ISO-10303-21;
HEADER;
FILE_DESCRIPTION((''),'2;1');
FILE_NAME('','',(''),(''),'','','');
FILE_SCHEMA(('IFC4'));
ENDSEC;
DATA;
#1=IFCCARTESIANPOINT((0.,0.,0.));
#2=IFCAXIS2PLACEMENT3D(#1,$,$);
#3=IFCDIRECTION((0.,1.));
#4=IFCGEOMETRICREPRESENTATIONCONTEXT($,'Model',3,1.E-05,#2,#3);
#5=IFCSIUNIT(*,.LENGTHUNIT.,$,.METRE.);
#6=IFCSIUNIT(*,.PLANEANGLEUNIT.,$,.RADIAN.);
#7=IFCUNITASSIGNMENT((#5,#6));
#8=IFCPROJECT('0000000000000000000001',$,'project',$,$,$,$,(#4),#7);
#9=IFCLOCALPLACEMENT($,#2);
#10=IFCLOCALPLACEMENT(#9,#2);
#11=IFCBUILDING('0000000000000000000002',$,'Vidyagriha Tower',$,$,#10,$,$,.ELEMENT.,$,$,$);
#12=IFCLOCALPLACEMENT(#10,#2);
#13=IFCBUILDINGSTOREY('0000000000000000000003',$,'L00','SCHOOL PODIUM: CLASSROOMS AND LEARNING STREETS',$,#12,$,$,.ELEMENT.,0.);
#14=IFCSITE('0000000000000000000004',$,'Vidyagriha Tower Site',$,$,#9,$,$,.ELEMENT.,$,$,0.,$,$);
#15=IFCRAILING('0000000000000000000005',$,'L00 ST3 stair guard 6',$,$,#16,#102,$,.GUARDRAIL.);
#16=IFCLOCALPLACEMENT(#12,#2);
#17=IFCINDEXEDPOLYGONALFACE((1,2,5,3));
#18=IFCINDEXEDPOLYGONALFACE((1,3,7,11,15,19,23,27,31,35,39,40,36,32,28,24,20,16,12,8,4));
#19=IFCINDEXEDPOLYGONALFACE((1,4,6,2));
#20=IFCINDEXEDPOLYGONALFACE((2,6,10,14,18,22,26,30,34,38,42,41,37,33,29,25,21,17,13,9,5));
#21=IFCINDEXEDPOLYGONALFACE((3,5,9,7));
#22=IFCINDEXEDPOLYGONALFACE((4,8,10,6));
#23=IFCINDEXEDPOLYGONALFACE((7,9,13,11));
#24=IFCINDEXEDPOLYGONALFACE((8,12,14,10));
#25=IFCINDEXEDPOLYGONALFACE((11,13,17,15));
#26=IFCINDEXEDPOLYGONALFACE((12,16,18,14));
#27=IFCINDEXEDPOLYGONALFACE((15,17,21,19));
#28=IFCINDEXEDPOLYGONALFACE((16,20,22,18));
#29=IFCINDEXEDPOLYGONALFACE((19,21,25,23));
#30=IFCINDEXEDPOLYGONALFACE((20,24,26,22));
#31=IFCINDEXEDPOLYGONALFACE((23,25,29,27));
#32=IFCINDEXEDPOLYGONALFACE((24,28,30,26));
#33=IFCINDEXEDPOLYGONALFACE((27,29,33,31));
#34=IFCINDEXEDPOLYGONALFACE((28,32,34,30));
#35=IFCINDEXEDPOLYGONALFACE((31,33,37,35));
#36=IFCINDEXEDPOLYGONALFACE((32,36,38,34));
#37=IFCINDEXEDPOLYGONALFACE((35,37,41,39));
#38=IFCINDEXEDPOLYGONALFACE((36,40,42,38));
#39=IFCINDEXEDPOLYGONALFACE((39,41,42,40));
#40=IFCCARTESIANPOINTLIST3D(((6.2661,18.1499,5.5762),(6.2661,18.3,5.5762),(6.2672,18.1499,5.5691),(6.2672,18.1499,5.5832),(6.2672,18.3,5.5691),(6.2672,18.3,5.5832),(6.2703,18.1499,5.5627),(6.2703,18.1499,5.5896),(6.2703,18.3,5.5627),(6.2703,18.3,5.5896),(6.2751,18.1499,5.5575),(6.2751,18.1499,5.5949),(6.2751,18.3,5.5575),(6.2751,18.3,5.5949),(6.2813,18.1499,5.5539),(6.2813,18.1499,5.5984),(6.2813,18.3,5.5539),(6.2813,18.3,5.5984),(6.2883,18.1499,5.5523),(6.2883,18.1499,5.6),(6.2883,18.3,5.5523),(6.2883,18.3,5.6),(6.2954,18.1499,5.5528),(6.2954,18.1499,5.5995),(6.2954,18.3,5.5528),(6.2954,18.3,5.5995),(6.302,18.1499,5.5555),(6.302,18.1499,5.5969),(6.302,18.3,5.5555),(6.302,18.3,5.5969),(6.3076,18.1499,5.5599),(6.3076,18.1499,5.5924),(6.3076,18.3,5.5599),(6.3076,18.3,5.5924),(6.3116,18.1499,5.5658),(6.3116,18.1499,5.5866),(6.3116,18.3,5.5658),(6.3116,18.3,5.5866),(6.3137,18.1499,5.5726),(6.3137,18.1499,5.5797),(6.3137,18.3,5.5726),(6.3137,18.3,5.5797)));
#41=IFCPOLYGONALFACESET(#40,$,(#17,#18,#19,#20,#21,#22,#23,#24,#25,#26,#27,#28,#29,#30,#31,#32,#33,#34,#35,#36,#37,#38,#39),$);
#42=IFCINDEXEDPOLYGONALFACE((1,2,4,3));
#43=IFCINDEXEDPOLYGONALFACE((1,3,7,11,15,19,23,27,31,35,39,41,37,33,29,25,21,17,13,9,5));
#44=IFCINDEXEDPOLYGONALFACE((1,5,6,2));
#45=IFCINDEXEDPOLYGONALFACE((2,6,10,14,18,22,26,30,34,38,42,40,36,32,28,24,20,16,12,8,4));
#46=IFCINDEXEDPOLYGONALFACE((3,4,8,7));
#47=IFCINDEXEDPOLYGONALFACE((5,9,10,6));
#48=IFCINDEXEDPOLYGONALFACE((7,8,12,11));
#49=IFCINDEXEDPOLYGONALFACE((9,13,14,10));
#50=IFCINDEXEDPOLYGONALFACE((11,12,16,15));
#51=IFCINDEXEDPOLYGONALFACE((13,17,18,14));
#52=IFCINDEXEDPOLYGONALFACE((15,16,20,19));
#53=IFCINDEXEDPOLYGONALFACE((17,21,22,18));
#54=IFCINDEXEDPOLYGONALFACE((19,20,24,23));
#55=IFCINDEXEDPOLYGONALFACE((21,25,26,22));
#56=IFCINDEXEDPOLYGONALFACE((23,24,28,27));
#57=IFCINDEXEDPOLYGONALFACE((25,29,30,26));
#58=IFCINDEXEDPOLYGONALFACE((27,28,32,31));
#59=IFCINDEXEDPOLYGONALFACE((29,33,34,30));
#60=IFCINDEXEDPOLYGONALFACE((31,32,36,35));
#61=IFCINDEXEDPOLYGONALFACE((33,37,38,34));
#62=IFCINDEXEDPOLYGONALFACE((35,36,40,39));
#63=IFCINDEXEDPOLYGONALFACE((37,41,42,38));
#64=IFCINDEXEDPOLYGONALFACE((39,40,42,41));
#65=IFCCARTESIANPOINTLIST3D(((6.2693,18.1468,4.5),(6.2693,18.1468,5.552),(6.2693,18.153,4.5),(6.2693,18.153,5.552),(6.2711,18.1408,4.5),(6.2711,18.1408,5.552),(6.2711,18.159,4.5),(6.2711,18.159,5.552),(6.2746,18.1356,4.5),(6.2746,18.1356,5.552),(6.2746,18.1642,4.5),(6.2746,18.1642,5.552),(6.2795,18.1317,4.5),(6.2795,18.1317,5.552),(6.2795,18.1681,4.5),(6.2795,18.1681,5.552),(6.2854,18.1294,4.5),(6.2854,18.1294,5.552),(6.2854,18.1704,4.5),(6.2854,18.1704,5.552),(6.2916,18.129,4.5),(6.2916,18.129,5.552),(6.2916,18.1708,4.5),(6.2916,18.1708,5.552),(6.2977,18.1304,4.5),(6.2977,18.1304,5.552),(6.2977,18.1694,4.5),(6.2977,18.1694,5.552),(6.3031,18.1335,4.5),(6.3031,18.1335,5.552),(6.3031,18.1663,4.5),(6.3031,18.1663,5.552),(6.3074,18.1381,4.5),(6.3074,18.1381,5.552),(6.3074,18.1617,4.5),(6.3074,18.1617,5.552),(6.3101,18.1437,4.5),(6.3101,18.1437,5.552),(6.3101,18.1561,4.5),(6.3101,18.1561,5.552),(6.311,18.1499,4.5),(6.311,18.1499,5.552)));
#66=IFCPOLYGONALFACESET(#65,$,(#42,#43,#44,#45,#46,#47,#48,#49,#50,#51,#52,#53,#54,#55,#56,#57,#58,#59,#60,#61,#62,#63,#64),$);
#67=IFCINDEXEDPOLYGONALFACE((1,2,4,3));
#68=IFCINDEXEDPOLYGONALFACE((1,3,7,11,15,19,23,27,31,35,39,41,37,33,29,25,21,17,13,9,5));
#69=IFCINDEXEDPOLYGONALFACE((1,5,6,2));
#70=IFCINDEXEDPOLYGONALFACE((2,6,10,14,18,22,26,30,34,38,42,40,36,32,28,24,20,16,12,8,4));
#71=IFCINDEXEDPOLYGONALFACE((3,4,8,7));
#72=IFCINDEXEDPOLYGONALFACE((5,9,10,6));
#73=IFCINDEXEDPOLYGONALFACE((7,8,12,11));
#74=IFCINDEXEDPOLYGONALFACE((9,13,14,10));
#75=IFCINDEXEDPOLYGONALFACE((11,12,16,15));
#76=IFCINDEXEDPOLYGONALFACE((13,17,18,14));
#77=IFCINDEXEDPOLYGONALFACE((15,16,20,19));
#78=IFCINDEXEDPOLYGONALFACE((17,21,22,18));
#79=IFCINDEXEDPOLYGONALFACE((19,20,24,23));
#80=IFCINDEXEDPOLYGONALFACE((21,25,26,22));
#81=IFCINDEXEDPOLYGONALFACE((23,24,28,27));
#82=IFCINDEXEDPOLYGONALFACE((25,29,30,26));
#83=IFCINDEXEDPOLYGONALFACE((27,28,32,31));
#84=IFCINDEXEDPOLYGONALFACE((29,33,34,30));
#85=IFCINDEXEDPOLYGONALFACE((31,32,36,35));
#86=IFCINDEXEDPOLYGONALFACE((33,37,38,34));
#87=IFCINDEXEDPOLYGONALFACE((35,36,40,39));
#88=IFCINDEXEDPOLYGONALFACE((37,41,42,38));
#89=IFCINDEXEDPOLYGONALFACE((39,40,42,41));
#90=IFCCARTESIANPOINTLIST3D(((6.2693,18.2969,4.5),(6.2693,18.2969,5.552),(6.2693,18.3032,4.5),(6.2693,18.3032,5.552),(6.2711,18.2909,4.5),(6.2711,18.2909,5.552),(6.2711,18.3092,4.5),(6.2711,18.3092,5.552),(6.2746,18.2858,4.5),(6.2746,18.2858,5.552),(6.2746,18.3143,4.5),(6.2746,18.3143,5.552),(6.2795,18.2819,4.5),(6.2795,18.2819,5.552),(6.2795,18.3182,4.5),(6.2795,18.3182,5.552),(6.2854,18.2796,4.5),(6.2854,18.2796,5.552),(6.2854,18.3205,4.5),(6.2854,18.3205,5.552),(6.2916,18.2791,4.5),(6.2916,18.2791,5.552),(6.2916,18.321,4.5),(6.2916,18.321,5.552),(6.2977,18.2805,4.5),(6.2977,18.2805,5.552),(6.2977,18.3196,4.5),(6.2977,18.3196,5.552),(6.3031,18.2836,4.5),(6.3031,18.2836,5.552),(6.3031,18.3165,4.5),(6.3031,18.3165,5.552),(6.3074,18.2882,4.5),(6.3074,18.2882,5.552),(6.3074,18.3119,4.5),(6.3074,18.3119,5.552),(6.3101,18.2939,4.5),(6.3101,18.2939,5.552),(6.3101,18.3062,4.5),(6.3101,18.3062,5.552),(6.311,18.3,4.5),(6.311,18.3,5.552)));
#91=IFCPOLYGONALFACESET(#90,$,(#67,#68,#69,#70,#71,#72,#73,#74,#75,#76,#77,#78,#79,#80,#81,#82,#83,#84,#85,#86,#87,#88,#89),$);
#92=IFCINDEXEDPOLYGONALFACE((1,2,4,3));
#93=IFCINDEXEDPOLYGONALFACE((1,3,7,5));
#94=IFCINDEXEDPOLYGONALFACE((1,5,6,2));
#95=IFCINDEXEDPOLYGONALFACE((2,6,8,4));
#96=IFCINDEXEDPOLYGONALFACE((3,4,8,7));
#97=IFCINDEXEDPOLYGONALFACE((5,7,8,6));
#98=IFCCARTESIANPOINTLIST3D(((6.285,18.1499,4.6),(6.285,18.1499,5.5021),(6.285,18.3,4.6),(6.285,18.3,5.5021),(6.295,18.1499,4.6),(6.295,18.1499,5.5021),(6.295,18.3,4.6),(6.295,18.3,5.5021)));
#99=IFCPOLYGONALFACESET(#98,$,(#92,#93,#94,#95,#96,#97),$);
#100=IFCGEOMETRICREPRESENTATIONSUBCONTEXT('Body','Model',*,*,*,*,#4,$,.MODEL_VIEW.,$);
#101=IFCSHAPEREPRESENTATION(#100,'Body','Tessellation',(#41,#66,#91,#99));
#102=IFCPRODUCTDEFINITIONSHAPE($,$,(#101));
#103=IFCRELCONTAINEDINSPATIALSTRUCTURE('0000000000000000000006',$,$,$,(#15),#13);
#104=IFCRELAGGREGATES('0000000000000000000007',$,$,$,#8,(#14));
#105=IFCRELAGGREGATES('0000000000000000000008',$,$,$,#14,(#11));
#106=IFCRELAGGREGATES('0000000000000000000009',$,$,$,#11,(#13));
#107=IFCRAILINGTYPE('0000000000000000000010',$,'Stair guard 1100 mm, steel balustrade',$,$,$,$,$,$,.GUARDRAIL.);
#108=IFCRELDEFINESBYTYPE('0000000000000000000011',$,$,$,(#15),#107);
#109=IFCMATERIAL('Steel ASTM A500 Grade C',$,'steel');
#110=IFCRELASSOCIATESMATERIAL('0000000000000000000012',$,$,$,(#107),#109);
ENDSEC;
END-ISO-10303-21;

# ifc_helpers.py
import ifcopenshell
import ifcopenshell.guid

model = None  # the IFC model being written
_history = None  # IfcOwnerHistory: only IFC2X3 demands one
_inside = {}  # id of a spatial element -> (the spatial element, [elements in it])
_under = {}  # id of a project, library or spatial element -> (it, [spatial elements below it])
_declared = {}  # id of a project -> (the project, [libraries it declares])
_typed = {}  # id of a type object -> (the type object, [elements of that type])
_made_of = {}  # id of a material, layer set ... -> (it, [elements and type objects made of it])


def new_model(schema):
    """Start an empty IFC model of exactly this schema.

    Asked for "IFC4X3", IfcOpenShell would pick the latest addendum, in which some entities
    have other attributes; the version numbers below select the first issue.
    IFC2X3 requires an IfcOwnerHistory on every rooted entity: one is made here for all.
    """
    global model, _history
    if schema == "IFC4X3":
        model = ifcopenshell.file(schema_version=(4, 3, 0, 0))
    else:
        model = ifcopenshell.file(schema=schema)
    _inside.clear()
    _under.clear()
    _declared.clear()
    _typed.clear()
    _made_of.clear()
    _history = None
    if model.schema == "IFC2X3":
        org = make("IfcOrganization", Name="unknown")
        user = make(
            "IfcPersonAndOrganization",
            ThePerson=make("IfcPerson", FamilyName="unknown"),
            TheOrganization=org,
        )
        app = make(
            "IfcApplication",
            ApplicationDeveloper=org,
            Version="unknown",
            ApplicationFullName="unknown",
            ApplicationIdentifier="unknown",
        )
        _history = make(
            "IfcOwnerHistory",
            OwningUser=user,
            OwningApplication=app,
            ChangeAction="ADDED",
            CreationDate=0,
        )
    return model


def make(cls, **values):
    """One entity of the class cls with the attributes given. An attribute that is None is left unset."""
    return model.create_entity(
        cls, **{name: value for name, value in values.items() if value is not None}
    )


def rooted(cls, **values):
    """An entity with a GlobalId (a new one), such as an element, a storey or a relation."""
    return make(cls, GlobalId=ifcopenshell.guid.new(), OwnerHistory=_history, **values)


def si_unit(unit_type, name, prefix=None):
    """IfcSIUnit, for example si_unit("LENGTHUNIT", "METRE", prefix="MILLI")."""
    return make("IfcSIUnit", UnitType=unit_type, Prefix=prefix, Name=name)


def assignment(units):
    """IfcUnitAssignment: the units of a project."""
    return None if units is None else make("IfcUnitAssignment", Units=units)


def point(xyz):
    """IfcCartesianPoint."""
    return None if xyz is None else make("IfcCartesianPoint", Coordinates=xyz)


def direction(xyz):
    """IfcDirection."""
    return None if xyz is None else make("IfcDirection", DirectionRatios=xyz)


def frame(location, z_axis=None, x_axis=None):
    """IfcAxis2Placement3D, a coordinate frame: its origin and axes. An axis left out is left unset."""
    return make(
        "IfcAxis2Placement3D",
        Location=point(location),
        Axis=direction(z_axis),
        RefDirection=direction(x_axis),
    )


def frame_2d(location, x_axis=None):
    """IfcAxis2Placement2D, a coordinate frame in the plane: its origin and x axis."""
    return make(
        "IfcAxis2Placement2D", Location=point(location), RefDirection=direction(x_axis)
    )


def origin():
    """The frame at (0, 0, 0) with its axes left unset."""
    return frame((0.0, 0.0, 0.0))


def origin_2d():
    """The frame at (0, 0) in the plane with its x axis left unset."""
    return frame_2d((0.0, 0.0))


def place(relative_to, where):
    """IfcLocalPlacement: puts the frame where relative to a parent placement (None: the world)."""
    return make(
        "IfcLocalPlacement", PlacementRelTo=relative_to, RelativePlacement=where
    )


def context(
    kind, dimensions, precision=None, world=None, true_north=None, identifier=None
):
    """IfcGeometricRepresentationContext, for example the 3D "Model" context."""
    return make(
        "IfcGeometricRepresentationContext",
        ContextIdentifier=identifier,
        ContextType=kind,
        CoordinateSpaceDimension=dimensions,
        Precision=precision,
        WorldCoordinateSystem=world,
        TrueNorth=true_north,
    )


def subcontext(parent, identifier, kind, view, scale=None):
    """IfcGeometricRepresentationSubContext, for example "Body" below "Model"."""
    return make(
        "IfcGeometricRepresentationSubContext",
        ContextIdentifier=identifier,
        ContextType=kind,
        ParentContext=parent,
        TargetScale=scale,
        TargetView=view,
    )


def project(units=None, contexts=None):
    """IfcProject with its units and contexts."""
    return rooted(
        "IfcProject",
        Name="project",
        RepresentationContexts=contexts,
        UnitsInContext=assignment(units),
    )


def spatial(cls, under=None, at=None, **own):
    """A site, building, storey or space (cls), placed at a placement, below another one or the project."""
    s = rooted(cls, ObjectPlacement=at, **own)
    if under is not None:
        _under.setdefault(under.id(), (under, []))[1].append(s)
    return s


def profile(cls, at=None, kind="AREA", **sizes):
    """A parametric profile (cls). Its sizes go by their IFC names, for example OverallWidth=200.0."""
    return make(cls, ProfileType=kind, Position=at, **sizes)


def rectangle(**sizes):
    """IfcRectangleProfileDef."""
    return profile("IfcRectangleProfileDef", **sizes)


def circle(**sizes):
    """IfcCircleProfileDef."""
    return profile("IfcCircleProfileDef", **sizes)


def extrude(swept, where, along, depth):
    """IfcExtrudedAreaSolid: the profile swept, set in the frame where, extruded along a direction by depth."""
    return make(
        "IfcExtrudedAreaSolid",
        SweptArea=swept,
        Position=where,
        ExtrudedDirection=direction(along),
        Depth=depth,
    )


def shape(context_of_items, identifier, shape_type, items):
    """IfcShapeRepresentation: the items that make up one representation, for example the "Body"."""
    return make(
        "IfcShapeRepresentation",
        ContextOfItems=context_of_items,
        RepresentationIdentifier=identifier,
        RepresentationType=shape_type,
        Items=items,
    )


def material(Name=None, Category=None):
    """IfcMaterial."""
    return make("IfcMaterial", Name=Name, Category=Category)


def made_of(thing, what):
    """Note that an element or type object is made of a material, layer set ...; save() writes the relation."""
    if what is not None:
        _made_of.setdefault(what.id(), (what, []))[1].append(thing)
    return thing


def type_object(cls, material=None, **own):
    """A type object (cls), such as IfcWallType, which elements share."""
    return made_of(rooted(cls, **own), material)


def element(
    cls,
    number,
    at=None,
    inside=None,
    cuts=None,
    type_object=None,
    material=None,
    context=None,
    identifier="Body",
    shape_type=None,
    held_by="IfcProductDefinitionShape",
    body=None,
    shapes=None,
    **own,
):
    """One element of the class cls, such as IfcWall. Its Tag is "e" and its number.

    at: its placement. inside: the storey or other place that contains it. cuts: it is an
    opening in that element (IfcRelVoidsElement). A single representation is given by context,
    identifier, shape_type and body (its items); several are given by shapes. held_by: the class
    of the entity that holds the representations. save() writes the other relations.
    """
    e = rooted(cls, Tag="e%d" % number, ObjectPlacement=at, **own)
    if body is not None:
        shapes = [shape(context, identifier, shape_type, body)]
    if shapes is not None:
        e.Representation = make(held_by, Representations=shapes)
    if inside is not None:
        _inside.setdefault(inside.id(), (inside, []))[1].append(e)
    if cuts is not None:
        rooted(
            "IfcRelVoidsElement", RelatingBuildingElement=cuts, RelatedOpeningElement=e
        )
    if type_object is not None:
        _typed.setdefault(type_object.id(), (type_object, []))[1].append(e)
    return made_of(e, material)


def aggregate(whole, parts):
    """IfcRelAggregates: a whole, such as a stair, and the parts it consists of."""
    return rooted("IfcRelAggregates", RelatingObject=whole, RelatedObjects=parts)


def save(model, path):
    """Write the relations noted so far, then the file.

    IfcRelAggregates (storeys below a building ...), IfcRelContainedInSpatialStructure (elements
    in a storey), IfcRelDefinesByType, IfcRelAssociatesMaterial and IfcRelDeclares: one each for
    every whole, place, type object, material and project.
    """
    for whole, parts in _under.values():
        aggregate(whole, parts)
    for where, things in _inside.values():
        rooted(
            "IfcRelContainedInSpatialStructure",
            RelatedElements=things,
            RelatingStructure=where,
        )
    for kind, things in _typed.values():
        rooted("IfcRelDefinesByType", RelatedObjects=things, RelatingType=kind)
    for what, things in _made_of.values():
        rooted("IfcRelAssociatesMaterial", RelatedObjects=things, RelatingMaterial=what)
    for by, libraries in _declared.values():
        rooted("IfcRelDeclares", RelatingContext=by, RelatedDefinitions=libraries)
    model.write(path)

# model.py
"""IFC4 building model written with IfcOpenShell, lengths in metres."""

from ifc_helpers import new_model, si_unit, direction, frame, origin, origin_2d, place, context, subcontext, project, spatial, rectangle, circle, extrude, material, type_object, element, save


model = new_model("IFC4")

# Units and contexts
model_context = context("Model", 3, precision=1e-05, world=origin(), true_north=direction((0.0, 1.0)))
body_context = subcontext(model_context, "Body", "Model", "MODEL_VIEW")
ifc_project = project(units=[si_unit("LENGTHUNIT", "METRE"), si_unit("PLANEANGLEUNIT", "RADIAN")], contexts=[model_context])

# Site, building, storey
site_placement = place(None, origin())
site = spatial("IfcSite", under=ifc_project, at=site_placement, Name="Vidyagriha Tower Site", CompositionType="ELEMENT", RefElevation=0.0)
building_placement = place(site_placement, origin())
building = spatial("IfcBuilding", under=site, at=building_placement, Name="Vidyagriha Tower", CompositionType="ELEMENT")
storey_placement = place(building_placement, origin())
storey = spatial("IfcBuildingStorey", under=building, at=storey_placement, Name="L00", Description="SCHOOL PODIUM: CLASSROOMS AND LEARNING STREETS", CompositionType="ELEMENT", Elevation=0.0)

# Railing
ifc_material_1 = material(Name="Steel ASTM A500 Grade C", Category="steel")
railing_type_1 = type_object("IfcRailingType", Name="Stair guard 1100 mm, steel balustrade", PredefinedType="GUARDRAIL", material=ifc_material_1)
for number, where, name in (
    (1, (6.29, 18.1499, 4.5), "L00 ST3 stair guard 6"),
):
    element("IfcRailing", number, at=place(storey_placement, frame(where)), inside=storey, type_object=railing_type_1, Name=name, PredefinedType="GUARDRAIL", context=body_context, shape_type="SweptSolid", body=[
        extrude(circle(Radius=0.0239, at=origin_2d()), frame((0.0, 0.0, 1.0762), z_axis=(0.0, 1.0, 0.0), x_axis=(-1.0, 0.0, 0.0)), (0.0, 0.0, 1.0), 0.1501),
        extrude(circle(Radius=0.021, at=origin_2d()), origin(), (0.0, 0.0, 1.0), 1.052),
        extrude(circle(Radius=0.021, at=origin_2d()), frame((0.0, 0.1501, 0.0)), (0.0, 0.0, 1.0), 1.052),
        extrude(rectangle(XDim=0.01, YDim=0.9021, at=origin_2d()), frame((0.0, 0.0, 0.551), z_axis=(0.0, 1.0, 0.0), x_axis=(-1.0, 0.0, 0.0)), (0.0, 0.0, 1.0), 0.1501),
    ])

save(model, "model.ifc")
